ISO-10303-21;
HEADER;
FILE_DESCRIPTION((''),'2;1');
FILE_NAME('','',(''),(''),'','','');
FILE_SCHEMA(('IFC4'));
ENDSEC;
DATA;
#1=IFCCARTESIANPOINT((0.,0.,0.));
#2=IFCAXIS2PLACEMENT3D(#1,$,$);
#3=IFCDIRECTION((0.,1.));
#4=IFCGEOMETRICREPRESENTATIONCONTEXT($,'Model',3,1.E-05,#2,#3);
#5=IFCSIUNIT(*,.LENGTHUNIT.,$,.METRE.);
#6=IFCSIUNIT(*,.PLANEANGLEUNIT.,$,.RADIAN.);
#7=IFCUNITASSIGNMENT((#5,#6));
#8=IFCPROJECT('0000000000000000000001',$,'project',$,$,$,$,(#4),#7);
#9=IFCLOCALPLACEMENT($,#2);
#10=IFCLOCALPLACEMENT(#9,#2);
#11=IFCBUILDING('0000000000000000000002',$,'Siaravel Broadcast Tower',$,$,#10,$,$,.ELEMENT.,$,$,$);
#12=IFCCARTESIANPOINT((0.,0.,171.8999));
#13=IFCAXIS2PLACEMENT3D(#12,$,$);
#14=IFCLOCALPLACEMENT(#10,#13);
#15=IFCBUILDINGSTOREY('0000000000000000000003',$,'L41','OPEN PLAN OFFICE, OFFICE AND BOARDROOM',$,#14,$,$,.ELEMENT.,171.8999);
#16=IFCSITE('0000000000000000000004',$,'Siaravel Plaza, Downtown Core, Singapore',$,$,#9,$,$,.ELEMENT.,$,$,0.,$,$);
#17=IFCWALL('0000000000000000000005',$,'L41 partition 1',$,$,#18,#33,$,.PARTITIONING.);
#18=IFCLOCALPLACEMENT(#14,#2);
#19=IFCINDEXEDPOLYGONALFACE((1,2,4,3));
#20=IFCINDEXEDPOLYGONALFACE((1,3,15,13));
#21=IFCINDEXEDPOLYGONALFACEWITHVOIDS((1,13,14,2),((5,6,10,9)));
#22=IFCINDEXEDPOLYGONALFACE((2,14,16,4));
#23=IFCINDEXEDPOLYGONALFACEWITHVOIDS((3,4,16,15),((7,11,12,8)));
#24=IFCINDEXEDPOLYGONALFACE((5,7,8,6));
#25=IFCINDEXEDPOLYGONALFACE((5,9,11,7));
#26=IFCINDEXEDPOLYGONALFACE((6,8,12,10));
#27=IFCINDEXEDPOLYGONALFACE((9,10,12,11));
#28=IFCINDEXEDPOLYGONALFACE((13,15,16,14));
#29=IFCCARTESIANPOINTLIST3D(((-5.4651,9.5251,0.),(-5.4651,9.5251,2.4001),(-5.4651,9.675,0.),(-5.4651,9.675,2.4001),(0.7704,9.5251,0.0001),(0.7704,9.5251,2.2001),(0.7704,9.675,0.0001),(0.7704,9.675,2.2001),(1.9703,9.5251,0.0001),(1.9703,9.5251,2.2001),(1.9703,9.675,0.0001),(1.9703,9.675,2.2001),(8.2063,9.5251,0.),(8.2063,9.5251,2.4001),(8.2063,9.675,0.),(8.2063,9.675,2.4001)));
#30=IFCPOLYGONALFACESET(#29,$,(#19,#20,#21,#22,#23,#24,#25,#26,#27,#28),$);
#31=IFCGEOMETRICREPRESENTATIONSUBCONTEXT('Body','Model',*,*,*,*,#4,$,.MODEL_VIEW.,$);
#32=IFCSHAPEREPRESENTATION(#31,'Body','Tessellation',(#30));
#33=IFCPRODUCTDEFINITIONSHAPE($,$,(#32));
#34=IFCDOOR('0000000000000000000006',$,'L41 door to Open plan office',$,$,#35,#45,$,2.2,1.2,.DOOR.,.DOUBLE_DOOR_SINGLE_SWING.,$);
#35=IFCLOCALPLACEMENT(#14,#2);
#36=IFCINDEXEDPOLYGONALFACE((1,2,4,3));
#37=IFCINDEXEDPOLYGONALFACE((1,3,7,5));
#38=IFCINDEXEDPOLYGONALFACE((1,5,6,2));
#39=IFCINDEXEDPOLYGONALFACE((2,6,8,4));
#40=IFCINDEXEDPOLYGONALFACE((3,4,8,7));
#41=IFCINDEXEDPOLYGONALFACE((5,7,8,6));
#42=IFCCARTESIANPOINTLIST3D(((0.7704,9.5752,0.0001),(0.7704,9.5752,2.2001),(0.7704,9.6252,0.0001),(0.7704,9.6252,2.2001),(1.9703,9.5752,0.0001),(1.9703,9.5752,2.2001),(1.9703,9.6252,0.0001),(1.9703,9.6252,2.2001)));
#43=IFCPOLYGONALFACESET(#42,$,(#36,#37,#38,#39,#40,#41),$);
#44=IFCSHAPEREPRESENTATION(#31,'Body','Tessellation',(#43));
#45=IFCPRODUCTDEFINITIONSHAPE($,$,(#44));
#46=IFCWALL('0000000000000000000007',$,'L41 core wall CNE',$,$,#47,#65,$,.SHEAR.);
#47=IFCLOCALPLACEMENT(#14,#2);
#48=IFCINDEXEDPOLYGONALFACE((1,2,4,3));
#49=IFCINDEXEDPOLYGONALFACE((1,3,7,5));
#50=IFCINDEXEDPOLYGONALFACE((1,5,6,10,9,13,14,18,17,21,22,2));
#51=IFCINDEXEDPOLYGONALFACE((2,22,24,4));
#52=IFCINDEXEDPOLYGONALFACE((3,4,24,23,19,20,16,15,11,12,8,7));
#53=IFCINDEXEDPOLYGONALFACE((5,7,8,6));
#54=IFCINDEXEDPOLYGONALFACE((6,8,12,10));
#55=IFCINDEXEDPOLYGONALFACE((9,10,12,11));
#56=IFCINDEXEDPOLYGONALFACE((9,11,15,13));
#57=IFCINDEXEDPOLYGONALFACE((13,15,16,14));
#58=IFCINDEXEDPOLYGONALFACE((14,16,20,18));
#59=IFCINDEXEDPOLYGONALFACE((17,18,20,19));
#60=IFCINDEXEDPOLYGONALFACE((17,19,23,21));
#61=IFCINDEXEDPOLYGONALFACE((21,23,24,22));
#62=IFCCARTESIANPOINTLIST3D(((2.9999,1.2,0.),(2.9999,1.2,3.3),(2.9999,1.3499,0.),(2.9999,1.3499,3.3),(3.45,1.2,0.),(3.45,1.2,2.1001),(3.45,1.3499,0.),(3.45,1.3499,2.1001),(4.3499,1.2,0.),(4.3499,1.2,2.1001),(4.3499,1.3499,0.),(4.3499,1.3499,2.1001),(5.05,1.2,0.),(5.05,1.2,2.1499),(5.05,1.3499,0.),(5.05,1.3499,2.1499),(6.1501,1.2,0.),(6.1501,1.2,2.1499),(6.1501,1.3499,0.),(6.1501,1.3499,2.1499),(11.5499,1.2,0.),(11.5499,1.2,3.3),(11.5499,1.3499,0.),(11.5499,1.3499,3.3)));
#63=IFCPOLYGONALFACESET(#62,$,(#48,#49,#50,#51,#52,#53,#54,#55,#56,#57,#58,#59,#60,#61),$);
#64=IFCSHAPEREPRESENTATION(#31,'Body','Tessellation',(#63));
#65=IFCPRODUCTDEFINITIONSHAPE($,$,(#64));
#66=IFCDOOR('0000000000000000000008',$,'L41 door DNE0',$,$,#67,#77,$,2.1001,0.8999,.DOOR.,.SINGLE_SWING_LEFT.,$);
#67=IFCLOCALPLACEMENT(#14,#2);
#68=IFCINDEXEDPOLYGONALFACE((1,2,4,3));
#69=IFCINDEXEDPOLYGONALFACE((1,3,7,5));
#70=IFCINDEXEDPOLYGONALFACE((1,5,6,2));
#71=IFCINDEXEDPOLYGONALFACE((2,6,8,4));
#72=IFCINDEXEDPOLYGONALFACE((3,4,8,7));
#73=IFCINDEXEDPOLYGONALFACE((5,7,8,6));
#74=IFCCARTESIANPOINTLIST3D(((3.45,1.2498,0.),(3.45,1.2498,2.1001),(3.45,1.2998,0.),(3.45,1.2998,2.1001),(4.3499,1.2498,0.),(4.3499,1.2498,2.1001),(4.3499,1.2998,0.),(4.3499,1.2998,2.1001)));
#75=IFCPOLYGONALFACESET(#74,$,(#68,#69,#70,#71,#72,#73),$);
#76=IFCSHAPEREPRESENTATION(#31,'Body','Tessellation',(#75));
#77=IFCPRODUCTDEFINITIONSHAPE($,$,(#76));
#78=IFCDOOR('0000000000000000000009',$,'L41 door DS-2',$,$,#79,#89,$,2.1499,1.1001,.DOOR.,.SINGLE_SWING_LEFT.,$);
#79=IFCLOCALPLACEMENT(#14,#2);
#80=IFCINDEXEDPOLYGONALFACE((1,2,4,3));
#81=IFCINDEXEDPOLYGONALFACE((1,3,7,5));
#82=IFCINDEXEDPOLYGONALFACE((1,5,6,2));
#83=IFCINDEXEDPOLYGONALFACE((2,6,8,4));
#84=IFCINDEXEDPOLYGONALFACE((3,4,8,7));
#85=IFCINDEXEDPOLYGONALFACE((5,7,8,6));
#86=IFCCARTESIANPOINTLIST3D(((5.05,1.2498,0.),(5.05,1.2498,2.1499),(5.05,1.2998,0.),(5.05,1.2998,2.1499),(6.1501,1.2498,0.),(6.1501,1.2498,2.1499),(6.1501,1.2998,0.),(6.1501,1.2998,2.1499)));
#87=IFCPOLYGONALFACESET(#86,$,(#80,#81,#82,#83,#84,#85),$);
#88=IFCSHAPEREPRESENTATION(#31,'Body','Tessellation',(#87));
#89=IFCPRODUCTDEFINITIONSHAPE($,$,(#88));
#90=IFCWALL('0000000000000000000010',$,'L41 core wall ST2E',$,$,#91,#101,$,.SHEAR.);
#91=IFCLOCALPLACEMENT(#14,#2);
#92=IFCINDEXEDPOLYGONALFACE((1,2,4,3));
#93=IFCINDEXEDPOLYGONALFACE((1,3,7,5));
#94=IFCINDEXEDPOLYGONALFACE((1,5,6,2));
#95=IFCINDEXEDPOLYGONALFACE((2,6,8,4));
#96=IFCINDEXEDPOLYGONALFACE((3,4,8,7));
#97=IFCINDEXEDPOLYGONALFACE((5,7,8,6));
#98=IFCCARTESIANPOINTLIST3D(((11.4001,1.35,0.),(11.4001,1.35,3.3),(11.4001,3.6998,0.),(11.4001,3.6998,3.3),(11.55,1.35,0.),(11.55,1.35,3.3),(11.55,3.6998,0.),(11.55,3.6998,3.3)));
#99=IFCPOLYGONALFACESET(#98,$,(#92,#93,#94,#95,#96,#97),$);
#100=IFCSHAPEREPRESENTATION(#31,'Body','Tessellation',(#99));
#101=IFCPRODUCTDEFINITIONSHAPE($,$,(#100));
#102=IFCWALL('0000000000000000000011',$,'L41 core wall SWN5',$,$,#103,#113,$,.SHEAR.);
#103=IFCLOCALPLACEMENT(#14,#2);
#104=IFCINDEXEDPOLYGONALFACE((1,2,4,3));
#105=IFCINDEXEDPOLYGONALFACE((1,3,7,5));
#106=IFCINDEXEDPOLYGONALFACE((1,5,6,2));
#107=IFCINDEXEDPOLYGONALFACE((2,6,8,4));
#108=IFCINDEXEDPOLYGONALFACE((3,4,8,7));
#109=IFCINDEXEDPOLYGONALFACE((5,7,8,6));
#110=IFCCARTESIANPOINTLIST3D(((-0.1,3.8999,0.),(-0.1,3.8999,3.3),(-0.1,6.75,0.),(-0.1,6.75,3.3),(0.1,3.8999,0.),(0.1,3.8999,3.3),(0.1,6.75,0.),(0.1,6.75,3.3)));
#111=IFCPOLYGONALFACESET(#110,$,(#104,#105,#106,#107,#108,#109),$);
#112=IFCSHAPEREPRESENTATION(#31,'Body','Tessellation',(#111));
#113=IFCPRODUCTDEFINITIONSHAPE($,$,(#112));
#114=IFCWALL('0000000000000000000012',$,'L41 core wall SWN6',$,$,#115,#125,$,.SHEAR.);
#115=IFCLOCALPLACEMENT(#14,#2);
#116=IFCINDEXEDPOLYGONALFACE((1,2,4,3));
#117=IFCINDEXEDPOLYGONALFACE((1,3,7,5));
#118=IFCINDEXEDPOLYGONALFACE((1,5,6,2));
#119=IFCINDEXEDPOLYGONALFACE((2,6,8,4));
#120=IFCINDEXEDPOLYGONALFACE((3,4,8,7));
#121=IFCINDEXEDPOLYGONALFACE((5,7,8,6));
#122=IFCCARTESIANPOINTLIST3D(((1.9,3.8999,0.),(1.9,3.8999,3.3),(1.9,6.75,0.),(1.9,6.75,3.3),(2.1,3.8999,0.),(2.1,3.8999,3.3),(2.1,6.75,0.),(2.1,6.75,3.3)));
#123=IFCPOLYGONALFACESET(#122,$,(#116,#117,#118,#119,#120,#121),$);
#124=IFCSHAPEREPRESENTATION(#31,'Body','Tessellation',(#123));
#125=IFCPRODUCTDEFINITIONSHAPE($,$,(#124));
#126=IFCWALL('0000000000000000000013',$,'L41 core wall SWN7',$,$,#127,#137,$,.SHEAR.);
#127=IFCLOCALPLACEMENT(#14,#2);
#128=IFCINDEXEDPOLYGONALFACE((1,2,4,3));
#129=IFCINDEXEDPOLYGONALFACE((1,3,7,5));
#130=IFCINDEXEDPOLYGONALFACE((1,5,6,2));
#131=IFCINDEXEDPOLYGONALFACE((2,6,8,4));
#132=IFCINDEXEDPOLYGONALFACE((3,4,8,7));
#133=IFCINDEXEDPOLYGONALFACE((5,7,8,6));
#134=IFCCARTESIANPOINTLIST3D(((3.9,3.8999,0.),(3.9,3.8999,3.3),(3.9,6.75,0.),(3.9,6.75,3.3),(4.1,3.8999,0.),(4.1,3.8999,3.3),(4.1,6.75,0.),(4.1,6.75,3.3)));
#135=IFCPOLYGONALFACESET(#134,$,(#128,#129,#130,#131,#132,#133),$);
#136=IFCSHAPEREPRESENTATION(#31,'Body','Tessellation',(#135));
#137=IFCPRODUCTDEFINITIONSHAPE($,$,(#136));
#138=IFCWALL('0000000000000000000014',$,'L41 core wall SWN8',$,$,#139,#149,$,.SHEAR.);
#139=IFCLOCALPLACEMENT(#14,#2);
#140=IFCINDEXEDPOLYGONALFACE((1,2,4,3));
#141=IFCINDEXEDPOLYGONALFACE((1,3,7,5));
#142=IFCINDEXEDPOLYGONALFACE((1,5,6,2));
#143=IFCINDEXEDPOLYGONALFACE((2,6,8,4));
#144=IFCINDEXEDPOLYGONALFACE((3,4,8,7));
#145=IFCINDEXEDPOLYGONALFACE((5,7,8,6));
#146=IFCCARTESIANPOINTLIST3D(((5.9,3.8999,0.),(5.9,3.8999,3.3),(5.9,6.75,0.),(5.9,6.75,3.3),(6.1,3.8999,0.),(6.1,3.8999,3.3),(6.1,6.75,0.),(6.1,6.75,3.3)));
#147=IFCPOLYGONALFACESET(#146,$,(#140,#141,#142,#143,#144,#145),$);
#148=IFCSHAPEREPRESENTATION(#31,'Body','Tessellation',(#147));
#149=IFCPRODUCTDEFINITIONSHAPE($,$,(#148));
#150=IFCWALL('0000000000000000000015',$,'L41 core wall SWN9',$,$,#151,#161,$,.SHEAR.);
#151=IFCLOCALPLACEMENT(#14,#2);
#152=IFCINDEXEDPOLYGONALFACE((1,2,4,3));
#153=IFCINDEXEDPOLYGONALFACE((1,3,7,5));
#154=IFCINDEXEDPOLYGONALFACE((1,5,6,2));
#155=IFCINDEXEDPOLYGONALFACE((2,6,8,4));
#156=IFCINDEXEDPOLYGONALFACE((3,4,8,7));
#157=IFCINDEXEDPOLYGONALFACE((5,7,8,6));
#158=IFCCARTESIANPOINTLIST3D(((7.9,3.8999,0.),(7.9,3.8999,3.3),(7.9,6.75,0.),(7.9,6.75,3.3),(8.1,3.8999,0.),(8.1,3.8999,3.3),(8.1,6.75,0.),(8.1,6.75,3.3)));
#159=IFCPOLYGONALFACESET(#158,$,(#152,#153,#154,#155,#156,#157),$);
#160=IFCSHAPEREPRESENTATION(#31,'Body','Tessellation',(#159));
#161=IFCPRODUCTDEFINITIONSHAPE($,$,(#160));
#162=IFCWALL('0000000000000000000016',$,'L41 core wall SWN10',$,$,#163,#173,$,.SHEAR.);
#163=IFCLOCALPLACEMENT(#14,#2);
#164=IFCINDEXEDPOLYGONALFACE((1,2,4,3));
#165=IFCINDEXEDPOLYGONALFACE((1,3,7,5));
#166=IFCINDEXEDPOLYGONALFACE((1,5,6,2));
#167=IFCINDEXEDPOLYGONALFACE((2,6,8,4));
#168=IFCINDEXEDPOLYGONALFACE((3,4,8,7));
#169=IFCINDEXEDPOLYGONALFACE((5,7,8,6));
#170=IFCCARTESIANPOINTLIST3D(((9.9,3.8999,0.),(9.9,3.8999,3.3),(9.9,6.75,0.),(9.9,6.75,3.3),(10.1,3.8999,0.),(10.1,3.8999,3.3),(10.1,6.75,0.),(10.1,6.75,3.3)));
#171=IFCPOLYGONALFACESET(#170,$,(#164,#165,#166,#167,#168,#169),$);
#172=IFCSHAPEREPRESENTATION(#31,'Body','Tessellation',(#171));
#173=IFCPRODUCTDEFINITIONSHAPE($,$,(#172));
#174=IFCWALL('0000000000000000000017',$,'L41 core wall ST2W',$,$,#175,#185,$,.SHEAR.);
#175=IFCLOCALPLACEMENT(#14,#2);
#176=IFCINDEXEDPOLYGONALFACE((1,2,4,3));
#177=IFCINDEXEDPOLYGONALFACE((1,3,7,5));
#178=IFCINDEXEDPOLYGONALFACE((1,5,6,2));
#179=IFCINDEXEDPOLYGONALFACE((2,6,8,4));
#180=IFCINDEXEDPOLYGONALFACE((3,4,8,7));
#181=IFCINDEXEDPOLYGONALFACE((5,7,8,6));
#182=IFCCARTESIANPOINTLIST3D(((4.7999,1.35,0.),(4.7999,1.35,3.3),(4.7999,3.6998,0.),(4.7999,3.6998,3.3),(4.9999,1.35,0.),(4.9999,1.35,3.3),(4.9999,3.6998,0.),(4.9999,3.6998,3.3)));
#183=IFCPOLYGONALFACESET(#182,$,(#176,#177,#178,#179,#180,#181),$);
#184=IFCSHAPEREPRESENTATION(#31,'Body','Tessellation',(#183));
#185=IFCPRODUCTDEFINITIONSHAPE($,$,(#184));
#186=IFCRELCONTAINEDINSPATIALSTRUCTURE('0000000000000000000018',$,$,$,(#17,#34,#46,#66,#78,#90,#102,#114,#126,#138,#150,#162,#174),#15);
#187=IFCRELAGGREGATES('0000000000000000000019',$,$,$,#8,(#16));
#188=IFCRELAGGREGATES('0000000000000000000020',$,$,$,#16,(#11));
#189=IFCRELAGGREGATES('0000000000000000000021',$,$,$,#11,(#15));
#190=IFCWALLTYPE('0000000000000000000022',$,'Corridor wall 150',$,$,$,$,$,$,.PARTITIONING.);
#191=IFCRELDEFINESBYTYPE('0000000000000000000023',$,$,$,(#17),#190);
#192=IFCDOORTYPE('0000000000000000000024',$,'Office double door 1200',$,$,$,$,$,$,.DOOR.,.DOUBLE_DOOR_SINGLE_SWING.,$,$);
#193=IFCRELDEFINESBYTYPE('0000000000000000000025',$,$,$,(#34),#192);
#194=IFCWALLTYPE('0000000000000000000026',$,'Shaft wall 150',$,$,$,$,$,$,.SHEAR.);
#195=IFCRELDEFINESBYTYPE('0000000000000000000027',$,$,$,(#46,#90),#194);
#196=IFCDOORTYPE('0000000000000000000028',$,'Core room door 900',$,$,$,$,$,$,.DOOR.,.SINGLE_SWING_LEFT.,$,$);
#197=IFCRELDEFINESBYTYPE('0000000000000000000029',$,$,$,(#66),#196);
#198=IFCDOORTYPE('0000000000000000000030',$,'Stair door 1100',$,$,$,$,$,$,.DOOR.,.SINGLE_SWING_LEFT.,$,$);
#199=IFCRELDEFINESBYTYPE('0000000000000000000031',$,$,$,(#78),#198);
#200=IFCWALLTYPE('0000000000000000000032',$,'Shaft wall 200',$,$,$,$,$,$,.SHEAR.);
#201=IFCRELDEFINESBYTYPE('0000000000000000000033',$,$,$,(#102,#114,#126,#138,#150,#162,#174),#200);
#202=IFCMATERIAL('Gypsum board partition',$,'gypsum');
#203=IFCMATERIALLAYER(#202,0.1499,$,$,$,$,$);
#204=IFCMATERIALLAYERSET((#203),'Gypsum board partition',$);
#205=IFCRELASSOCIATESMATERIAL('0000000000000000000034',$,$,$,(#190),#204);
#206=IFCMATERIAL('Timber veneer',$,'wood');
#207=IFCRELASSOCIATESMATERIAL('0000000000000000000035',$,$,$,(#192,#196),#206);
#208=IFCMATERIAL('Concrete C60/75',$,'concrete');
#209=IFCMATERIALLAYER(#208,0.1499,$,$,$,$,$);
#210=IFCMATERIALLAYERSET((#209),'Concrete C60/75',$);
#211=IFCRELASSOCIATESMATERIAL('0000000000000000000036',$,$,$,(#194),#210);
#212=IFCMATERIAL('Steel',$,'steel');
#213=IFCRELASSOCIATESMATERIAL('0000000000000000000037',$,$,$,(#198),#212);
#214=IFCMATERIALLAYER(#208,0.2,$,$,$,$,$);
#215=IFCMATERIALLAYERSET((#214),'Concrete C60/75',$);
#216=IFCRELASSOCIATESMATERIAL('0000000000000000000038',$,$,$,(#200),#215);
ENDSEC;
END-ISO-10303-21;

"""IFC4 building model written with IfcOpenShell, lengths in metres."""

from ifc_helpers import new_model, si_unit, direction, frame, frame_2d, origin, place, context, subcontext, project, spatial, rectangle, extrude, material, layer, layer_set, type_object, element, fill, save


model = new_model("IFC4")

# Units and contexts
model_context = context("Model", 3, precision=1e-05, world=origin(), true_north=direction((0.0, 1.0)))
body_context = subcontext(model_context, "Body", "Model", "MODEL_VIEW")
ifc_project = project(units=[si_unit("LENGTHUNIT", "METRE"), si_unit("PLANEANGLEUNIT", "RADIAN")], contexts=[model_context])

# Site, building, storey
site_placement = place(None, origin())
site = spatial("IfcSite", under=ifc_project, at=site_placement, Name="Siaravel Plaza, Downtown Core, Singapore", CompositionType="ELEMENT", RefElevation=0.0)
building_placement = place(site_placement, origin())
building = spatial("IfcBuilding", under=site, at=building_placement, Name="Siaravel Broadcast Tower", CompositionType="ELEMENT")
storey_placement = place(building_placement, frame((0.0, 0.0, 171.8999)))
storey = spatial("IfcBuildingStorey", under=building, at=storey_placement, Name="L41", Description="OPEN PLAN OFFICE, OFFICE AND BOARDROOM", CompositionType="ELEMENT", Elevation=171.8999)

# Shared definitions
ifc_material_1 = material(Name="Concrete C60/75", Category="concrete")

# Wall, opening, door
ifc_material_2 = material(Name="Gypsum board partition", Category="gypsum")
ifc_layer_1 = layer(ifc_material_2, 0.1499)
ifc_layer_set_1 = layer_set([ifc_layer_1], Name="Gypsum board partition")
wall_type_1 = type_object("IfcWallType", Name="Corridor wall 150", PredefinedType="PARTITIONING", material=ifc_layer_set_1)
wall_1_placement = place(storey_placement, frame((8.2063, 9.6001, 0.0), z_axis=(0.0, 0.0, 1.0), x_axis=(-1.0, 0.0, 0.0)))
wall_1 = element("IfcWall", 1, at=wall_1_placement, inside=storey, type_object=wall_type_1, Name="L41 partition 1", PredefinedType="PARTITIONING", context=body_context, shape_type="SweptSolid", body=[
    extrude(rectangle(XDim=13.6714, YDim=0.1499, at=frame_2d((6.8357, 0.0))), origin(), (0.0, 0.0, 1.0), 2.4001),
])
opening_1_placement = place(wall_1_placement, frame((6.2358, 0.0, 0.0)))
opening_1 = element("IfcOpeningElement", 2, at=opening_1_placement, cuts=wall_1, PredefinedType="OPENING", context=body_context, shape_type="SweptSolid", body=[
    extrude(rectangle(XDim=1.2, YDim=2.2, at=frame_2d((0.6001, 1.1001))), frame((0.0, 0.085, 0.0), z_axis=(0.0, -1.0, 0.0), x_axis=(1.0, 0.0, 0.0)), (0.0, 0.0, 1.0), 0.1699),
])
ifc_material_3 = material(Name="Timber veneer", Category="wood")
door_type_1 = type_object("IfcDoorType", Name="Office double door 1200", OperationType="DOUBLE_DOOR_SINGLE_SWING", PredefinedType="DOOR", material=ifc_material_3)
door_1_placement = place(opening_1_placement, origin())
door_1 = element("IfcDoor", 3, at=door_1_placement, inside=storey, type_object=door_type_1, Name="L41 door to Open plan office", OperationType="DOUBLE_DOOR_SINGLE_SWING", OverallHeight=2.2, OverallWidth=1.2, PredefinedType="DOOR", context=body_context, shape_type="SweptSolid", body=[
    extrude(rectangle(XDim=1.2, YDim=2.2, at=frame_2d((0.6001, 1.1001))), frame((0.0, 0.0249, 0.0), z_axis=(0.0, -1.0, 0.0), x_axis=(1.0, 0.0, 0.0)), (0.0, 0.0, 1.0), 0.05),
])
fill(opening_1, door_1)

# Wall, openings, doors
ifc_layer_2 = layer(ifc_material_1, 0.1499)
ifc_layer_set_2 = layer_set([ifc_layer_2], Name="Concrete C60/75")
wall_type_2 = type_object("IfcWallType", Name="Shaft wall 150", PredefinedType="SHEAR", material=ifc_layer_set_2)
wall_2_placement = place(storey_placement, frame((3.0, 1.2749, 0.0), z_axis=(0.0, 0.0, 1.0), x_axis=(1.0, 0.0, 0.0)))
wall_2 = element("IfcWall", 4, at=wall_2_placement, inside=storey, type_object=wall_type_2, Name="L41 core wall CNE", PredefinedType="SHEAR", context=body_context, shape_type="SweptSolid", body=[
    extrude(rectangle(XDim=8.55, YDim=0.1499, at=frame_2d((4.2749, 0.0))), origin(), (0.0, 0.0, 1.0), 3.3),
])
opening_2_placement = place(wall_2_placement, frame((2.05, 0.0, 0.0)))
opening_2 = element("IfcOpeningElement", 5, at=opening_2_placement, cuts=wall_2, PredefinedType="OPENING", context=body_context, shape_type="SweptSolid", body=[
    extrude(rectangle(XDim=1.1001, YDim=2.1499, at=frame_2d((0.55, 1.075))), frame((0.0, 0.085, 0.0), z_axis=(0.0, -1.0, 0.0), x_axis=(1.0, 0.0, 0.0)), (0.0, 0.0, 1.0), 0.1699),
])
opening_3_placement = place(wall_2_placement, frame((0.45, 0.0, 0.0)))
opening_3 = element("IfcOpeningElement", 6, at=opening_3_placement, cuts=wall_2, PredefinedType="OPENING", context=body_context, shape_type="SweptSolid", body=[
    extrude(rectangle(XDim=0.8999, YDim=2.1001, at=frame_2d((0.45, 1.05))), frame((0.0, 0.085, 0.0), z_axis=(0.0, -1.0, 0.0), x_axis=(1.0, 0.0, 0.0)), (0.0, 0.0, 1.0), 0.1699),
])
door_type_2 = type_object("IfcDoorType", Name="Core room door 900", OperationType="SINGLE_SWING_LEFT", PredefinedType="DOOR", material=ifc_material_3)
door_2_placement = place(opening_3_placement, origin())
door_2 = element("IfcDoor", 7, at=door_2_placement, inside=storey, type_object=door_type_2, Name="L41 door DNE0", OperationType="SINGLE_SWING_LEFT", OverallHeight=2.1001, OverallWidth=0.8999, PredefinedType="DOOR", context=body_context, shape_type="SweptSolid", body=[
    extrude(rectangle(XDim=0.8999, YDim=2.1001, at=frame_2d((0.45, 1.05))), frame((0.0, 0.0249, 0.0), z_axis=(0.0, -1.0, 0.0), x_axis=(1.0, 0.0, 0.0)), (0.0, 0.0, 1.0), 0.05),
])
fill(opening_3, door_2)
ifc_material_4 = material(Name="Steel", Category="steel")
door_type_3 = type_object("IfcDoorType", Name="Stair door 1100", OperationType="SINGLE_SWING_LEFT", PredefinedType="DOOR", material=ifc_material_4)
door_3_placement = place(opening_2_placement, origin())
door_3 = element("IfcDoor", 8, at=door_3_placement, inside=storey, type_object=door_type_3, Name="L41 door DS-2", OperationType="SINGLE_SWING_LEFT", OverallHeight=2.1499, OverallWidth=1.1001, PredefinedType="DOOR", context=body_context, shape_type="SweptSolid", body=[
    extrude(rectangle(XDim=1.1001, YDim=2.1499, at=frame_2d((0.55, 1.075))), frame((0.0, 0.0249, 0.0), z_axis=(0.0, -1.0, 0.0), x_axis=(1.0, 0.0, 0.0)), (0.0, 0.0, 1.0), 0.05),
])
fill(opening_2, door_3)

# Walls
wall_3_placement = place(storey_placement, frame((11.4751, 1.3501, 0.0), z_axis=(0.0, 0.0, 1.0), x_axis=(0.0, 1.0, 0.0)))
element("IfcWall", 9, at=wall_3_placement, inside=storey, type_object=wall_type_2, Name="L41 core wall ST2E", PredefinedType="SHEAR", context=body_context, shape_type="SweptSolid", body=[
    extrude(rectangle(XDim=2.3499, YDim=0.1499, at=frame_2d((1.1748, 0.0))), origin(), (0.0, 0.0, 1.0), 3.3),
])
ifc_layer_3 = layer(ifc_material_1, 0.2)
ifc_layer_set_3 = layer_set([ifc_layer_3], Name="Concrete C60/75")
wall_type_3 = type_object("IfcWallType", Name="Shaft wall 200", PredefinedType="SHEAR", material=ifc_layer_set_3)
for number, where, z_axis, x_axis, name in (
    (10, (0.0, 3.8999, 0.0), (0.0, 0.0, 1.0), (0.0, 1.0, 0.0), "L41 core wall SWN5"),
    (11, (2.0, 3.8999, 0.0), (0.0, 0.0, 1.0), (0.0, 1.0, 0.0), "L41 core wall SWN6"),
    (12, (4.0, 3.8999, 0.0), (0.0, 0.0, 1.0), (0.0, 1.0, 0.0), "L41 core wall SWN7"),
    (13, (6.0, 3.8999, 0.0), (0.0, 0.0, 1.0), (0.0, 1.0, 0.0), "L41 core wall SWN8"),
    (14, (8.0, 3.8999, 0.0), (0.0, 0.0, 1.0), (0.0, 1.0, 0.0), "L41 core wall SWN9"),
    (15, (10.0, 3.8999, 0.0), (0.0, 0.0, 1.0), (0.0, 1.0, 0.0), "L41 core wall SWN10"),
):
    element("IfcWall", number, at=place(storey_placement, frame(where, z_axis=z_axis, x_axis=x_axis)), inside=storey, type_object=wall_type_3, Name=name, PredefinedType="SHEAR", context=body_context, shape_type="SweptSolid", body=[
        extrude(rectangle(XDim=2.8501, YDim=0.2, at=frame_2d((1.425, 0.0))), origin(), (0.0, 0.0, 1.0), 3.3),
    ])
wall_4_placement = place(storey_placement, frame((4.8999, 1.3501, 0.0), z_axis=(0.0, 0.0, 1.0), x_axis=(0.0, 1.0, 0.0)))
element("IfcWall", 16, at=wall_4_placement, inside=storey, type_object=wall_type_3, Name="L41 core wall ST2W", PredefinedType="SHEAR", context=body_context, shape_type="SweptSolid", body=[
    extrude(rectangle(XDim=2.3499, YDim=0.2, at=frame_2d((1.1748, 0.0))), origin(), (0.0, 0.0, 1.0), 3.3),
])

save(model, "model.ifc")
